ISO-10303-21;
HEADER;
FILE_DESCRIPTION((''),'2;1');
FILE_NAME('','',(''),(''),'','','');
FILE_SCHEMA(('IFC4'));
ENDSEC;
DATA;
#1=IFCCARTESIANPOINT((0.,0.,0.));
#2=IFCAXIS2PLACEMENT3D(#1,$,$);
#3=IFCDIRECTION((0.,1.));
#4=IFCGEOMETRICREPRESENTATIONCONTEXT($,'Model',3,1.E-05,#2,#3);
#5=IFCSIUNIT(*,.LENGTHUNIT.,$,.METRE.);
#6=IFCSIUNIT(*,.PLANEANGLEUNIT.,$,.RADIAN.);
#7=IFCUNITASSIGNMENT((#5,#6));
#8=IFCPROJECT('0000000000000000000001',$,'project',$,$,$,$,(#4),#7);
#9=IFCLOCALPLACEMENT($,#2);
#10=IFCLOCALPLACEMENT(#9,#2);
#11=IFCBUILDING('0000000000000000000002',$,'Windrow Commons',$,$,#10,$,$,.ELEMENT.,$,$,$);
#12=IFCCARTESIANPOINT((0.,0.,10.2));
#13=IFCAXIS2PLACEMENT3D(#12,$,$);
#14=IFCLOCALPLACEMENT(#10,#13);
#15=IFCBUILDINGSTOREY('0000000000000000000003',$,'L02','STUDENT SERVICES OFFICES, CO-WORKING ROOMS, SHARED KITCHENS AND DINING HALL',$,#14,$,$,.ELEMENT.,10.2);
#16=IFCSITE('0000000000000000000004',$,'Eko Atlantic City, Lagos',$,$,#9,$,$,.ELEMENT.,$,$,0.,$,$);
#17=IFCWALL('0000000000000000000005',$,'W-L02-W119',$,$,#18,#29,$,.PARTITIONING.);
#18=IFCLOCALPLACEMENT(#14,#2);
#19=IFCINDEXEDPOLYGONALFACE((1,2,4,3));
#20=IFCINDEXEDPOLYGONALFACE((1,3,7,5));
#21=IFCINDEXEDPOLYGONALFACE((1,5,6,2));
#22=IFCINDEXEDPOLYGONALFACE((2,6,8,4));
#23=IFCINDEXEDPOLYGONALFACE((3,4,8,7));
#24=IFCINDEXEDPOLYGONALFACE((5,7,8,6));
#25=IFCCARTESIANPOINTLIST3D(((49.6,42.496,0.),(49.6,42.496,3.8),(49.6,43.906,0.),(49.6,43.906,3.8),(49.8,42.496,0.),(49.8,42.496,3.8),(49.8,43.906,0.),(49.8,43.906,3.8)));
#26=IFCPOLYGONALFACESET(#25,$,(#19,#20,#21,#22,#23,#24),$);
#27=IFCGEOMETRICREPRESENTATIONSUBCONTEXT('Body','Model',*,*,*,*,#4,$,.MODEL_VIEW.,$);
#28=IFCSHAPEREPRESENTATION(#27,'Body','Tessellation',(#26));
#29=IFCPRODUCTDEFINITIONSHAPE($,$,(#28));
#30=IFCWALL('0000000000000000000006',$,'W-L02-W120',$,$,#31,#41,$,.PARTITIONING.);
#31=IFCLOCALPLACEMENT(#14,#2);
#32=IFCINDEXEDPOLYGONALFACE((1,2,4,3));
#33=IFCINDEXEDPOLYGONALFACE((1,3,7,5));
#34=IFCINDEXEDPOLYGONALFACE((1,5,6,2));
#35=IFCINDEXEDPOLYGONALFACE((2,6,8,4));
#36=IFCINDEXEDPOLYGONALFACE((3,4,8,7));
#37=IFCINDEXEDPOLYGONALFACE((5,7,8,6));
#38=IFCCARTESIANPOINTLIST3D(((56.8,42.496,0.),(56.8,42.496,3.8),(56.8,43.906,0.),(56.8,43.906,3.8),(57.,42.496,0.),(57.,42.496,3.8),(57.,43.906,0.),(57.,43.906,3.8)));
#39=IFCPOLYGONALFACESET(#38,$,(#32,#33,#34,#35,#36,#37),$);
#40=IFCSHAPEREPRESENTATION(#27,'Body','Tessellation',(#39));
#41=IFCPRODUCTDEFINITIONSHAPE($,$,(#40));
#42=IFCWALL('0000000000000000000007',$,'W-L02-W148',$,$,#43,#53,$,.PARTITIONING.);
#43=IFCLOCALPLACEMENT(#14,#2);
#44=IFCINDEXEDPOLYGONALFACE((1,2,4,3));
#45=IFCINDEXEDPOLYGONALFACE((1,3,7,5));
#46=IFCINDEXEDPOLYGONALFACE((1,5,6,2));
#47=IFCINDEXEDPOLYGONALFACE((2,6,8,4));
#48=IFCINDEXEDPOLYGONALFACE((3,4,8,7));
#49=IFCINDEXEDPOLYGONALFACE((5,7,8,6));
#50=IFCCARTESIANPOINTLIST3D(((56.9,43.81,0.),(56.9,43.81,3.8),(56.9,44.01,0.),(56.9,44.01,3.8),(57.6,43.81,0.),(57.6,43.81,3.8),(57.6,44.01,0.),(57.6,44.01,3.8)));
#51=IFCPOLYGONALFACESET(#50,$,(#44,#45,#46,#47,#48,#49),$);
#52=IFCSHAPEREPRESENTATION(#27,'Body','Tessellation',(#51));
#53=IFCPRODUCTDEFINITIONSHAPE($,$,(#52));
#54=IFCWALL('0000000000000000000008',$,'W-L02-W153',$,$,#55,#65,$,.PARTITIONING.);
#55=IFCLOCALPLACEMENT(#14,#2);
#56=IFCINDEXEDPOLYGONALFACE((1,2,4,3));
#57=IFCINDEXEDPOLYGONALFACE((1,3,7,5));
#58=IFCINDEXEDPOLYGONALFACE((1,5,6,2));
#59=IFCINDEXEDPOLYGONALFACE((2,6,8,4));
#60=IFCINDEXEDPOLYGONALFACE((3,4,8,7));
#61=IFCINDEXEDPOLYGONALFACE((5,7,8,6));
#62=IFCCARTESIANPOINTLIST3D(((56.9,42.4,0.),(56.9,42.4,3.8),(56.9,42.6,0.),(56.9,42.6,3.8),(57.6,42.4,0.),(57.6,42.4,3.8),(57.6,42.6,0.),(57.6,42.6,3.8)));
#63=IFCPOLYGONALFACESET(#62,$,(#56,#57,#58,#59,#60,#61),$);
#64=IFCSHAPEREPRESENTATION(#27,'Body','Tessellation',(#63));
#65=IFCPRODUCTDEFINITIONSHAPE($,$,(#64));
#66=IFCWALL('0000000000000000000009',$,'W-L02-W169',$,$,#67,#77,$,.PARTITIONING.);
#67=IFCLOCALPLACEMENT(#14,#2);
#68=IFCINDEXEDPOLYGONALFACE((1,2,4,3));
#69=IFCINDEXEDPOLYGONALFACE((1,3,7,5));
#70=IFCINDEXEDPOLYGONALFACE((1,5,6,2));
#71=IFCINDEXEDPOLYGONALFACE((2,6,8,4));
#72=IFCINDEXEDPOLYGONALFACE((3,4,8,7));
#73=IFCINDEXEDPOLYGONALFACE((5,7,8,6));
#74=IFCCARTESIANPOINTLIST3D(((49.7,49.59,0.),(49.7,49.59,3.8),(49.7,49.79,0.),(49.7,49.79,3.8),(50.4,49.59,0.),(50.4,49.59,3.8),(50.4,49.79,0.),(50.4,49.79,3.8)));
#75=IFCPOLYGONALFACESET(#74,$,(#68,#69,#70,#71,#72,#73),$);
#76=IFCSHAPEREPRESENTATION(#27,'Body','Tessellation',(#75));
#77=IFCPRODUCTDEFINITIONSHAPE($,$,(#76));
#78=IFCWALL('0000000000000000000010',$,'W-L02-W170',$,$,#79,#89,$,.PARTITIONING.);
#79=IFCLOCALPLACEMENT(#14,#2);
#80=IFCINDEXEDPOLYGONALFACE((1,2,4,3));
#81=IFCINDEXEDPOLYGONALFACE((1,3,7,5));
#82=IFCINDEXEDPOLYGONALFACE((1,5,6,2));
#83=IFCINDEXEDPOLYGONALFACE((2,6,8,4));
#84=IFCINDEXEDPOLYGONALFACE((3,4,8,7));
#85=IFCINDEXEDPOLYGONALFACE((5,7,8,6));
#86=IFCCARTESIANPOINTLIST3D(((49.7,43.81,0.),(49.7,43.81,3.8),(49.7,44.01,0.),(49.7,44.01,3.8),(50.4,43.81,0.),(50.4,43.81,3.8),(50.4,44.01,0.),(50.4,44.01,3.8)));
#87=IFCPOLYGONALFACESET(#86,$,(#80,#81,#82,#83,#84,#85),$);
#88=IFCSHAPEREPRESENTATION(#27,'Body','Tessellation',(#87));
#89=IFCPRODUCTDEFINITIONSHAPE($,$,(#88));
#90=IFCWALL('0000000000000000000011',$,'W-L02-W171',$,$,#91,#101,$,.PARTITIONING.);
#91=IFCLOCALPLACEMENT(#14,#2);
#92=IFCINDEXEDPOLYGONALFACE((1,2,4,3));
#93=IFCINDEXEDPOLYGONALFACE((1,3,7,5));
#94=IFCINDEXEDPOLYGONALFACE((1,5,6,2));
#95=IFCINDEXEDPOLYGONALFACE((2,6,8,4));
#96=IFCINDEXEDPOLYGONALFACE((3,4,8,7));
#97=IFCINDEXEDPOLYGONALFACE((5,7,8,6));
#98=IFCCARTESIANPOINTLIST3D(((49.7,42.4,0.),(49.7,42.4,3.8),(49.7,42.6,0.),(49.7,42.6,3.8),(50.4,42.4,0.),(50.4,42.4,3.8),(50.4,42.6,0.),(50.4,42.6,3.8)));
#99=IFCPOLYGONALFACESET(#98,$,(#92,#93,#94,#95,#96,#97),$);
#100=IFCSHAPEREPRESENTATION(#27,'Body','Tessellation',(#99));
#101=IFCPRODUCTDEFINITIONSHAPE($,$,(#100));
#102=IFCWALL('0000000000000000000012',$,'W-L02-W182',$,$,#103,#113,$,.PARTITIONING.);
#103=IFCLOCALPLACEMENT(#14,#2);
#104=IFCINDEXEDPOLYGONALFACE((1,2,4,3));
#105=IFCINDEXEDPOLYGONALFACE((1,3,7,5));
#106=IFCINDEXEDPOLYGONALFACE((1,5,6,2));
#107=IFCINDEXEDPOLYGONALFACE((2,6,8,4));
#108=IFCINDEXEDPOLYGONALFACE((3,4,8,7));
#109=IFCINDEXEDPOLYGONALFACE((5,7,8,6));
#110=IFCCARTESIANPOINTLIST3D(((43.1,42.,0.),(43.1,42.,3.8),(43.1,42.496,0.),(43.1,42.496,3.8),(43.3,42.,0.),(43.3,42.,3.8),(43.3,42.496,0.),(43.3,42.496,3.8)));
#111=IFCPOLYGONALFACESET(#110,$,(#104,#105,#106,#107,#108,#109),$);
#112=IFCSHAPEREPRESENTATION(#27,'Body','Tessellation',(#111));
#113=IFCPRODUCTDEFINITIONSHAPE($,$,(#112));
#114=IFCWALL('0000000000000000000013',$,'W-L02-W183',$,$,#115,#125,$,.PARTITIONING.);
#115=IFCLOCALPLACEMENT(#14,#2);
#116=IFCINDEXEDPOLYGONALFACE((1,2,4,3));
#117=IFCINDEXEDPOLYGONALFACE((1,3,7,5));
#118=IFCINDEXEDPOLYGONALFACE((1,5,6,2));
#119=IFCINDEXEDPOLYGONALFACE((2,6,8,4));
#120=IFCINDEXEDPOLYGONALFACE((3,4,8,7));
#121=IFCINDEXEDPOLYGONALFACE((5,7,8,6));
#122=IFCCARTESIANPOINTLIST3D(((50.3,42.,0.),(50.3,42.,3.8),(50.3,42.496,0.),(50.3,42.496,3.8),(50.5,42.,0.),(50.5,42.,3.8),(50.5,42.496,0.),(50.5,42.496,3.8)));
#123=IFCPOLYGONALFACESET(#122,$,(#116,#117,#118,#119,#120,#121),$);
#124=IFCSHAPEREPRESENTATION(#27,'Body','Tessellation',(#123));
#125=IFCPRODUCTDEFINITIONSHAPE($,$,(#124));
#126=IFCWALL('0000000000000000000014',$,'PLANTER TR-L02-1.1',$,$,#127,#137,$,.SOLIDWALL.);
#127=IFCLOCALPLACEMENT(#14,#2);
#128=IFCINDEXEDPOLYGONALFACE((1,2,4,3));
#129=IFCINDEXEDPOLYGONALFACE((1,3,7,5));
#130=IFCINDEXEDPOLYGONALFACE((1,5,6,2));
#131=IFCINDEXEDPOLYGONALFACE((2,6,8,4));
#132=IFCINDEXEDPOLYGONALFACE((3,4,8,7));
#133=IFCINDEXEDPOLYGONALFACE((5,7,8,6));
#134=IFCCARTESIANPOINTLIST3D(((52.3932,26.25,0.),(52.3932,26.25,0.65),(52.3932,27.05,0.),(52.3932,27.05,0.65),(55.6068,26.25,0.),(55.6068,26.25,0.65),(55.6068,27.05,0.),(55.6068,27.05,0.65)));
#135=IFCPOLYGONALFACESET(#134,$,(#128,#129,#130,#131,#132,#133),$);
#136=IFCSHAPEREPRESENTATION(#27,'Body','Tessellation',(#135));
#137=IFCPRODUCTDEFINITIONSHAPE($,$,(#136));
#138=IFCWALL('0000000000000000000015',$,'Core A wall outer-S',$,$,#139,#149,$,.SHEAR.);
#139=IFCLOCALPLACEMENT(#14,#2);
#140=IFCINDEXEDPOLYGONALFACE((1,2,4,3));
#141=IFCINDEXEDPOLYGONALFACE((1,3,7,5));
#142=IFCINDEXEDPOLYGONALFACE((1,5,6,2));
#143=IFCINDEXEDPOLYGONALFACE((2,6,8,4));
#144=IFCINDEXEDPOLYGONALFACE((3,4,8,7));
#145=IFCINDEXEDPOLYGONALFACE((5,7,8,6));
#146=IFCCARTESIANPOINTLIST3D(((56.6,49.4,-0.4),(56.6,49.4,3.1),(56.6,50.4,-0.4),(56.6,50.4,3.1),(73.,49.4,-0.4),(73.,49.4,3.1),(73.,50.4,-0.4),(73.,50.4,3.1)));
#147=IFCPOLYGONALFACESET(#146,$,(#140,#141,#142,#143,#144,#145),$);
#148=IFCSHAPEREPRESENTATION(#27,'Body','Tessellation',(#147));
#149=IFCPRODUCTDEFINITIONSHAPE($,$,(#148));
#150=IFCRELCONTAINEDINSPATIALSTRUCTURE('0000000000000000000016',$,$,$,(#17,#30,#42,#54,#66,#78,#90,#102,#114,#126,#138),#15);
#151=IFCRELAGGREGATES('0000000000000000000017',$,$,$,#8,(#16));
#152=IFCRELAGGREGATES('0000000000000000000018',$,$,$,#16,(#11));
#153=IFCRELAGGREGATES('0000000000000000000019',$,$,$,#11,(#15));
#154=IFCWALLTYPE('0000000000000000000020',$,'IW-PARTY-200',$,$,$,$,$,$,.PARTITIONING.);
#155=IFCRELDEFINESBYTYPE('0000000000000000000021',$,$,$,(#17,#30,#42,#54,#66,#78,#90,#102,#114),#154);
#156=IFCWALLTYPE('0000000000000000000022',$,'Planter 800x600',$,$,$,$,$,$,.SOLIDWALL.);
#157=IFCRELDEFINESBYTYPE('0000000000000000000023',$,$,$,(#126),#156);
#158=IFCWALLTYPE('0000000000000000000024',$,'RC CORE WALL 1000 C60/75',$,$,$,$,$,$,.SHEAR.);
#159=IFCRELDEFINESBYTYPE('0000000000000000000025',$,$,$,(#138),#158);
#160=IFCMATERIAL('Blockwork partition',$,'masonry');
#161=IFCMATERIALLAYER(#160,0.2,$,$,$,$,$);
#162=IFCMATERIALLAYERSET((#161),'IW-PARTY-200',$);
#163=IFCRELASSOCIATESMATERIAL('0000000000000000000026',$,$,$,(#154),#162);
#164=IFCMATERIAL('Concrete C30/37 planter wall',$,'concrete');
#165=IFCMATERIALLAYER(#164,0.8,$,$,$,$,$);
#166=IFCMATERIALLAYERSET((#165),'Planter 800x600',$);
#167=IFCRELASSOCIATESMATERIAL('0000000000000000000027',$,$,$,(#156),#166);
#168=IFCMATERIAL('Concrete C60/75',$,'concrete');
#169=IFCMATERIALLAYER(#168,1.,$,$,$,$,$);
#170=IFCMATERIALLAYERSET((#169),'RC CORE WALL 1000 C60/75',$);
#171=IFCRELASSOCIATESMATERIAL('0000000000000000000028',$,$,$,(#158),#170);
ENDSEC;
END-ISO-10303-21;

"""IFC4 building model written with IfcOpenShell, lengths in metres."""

from ifc_helpers import new_model, si_unit, direction, frame, frame_2d, origin, place, context, subcontext, project, spatial, polyline, rectangle, outline, extrude, material, layer, layer_set, type_object, element, save


model = new_model("IFC4")

# Units and contexts
model_context = context("Model", 3, precision=1e-05, world=origin(), true_north=direction((0.0, 1.0)))
body_context = subcontext(model_context, "Body", "Model", "MODEL_VIEW")
ifc_project = project(units=[si_unit("LENGTHUNIT", "METRE"), si_unit("PLANEANGLEUNIT", "RADIAN")], contexts=[model_context])

# Site, building, storey
site_placement = place(None, origin())
site = spatial("IfcSite", under=ifc_project, at=site_placement, Name="Eko Atlantic City, Lagos", CompositionType="ELEMENT", RefElevation=0.0)
building_placement = place(site_placement, origin())
building = spatial("IfcBuilding", under=site, at=building_placement, Name="Windrow Commons", CompositionType="ELEMENT")
storey_placement = place(building_placement, frame((0.0, 0.0, 10.2)))
storey = spatial("IfcBuildingStorey", under=building, at=storey_placement, Name="L02", Description="STUDENT SERVICES OFFICES, CO-WORKING ROOMS, SHARED KITCHENS AND DINING HALL", CompositionType="ELEMENT", Elevation=10.2)

# Walls
ifc_material_1 = material(Name="Blockwork partition", Category="masonry")
ifc_layer_1 = layer(ifc_material_1, 0.2)
ifc_layer_set_1 = layer_set([ifc_layer_1], Name="IW-PARTY-200")
wall_type_1 = type_object("IfcWallType", Name="IW-PARTY-200", PredefinedType="PARTITIONING", material=ifc_layer_set_1)
for number, where, z_axis, x_axis, name in (
    (1, (49.7, 42.496, 0.0), (0.0, 0.0, 1.0), (0.0, 1.0, 0.0), "W-L02-W119"),
    (2, (56.9, 42.496, 0.0), (0.0, 0.0, 1.0), (0.0, 1.0, 0.0), "W-L02-W120"),
):
    element("IfcWall", number, at=place(storey_placement, frame(where, z_axis=z_axis, x_axis=x_axis)), inside=storey, type_object=wall_type_1, Name=name, PredefinedType="PARTITIONING", context=body_context, shape_type="SweptSolid", body=[
        extrude(rectangle(XDim=1.41, YDim=0.2, at=frame_2d((0.705, 0.0))), origin(), (0.0, 0.0, 1.0), 3.8),
    ])
for number, where, z_axis, x_axis, name in (
    (3, (56.9, 43.91, 0.0), (0.0, 0.0, 1.0), (1.0, 0.0, 0.0), "W-L02-W148"),
    (4, (56.9, 42.5, 0.0), (0.0, 0.0, 1.0), (1.0, 0.0, 0.0), "W-L02-W153"),
    (5, (49.7, 49.69, 0.0), (0.0, 0.0, 1.0), (1.0, 0.0, 0.0), "W-L02-W169"),
    (6, (49.7, 43.91, 0.0), (0.0, 0.0, 1.0), (1.0, 0.0, 0.0), "W-L02-W170"),
    (7, (49.7, 42.5, 0.0), (0.0, 0.0, 1.0), (1.0, 0.0, 0.0), "W-L02-W171"),
):
    element("IfcWall", number, at=place(storey_placement, frame(where, z_axis=z_axis, x_axis=x_axis)), inside=storey, type_object=wall_type_1, Name=name, PredefinedType="PARTITIONING", context=body_context, shape_type="SweptSolid", body=[
        extrude(rectangle(XDim=0.7, YDim=0.2, at=frame_2d((0.35, 0.0))), origin(), (0.0, 0.0, 1.0), 3.8),
    ])
for number, where, z_axis, x_axis, name in (
    (8, (43.2, 42.0, 0.0), (0.0, 0.0, 1.0), (0.0, 1.0, 0.0), "W-L02-W182"),
    (9, (50.4, 42.0, 0.0), (0.0, 0.0, 1.0), (0.0, 1.0, 0.0), "W-L02-W183"),
):
    element("IfcWall", number, at=place(storey_placement, frame(where, z_axis=z_axis, x_axis=x_axis)), inside=storey, type_object=wall_type_1, Name=name, PredefinedType="PARTITIONING", context=body_context, shape_type="SweptSolid", body=[
        extrude(rectangle(XDim=0.496, YDim=0.2, at=frame_2d((0.248, 0.0))), origin(), (0.0, 0.0, 1.0), 3.8),
    ])
ifc_material_2 = material(Name="Concrete C30/37 planter wall", Category="concrete")
ifc_layer_2 = layer(ifc_material_2, 0.8)
ifc_layer_set_2 = layer_set([ifc_layer_2], Name="Planter 800x600")
wall_type_2 = type_object("IfcWallType", Name="Planter 800x600", PredefinedType="SOLIDWALL", material=ifc_layer_set_2)
wall_1_placement = place(storey_placement, frame((55.6068, 26.65, 0.0), z_axis=(0.0, 0.0, 1.0), x_axis=(-1.0, 0.0, 0.0)))
element("IfcWall", 10, at=wall_1_placement, inside=storey, type_object=wall_type_2, Name="PLANTER TR-L02-1.1", PredefinedType="SOLIDWALL", context=body_context, shape_type="SweptSolid", body=[
    extrude(outline(polyline([(0.0, -0.4), (3.2136, -0.4), (3.2136, 0.4), (0.0, 0.4), (0.0, -0.4)])), origin(), (0.0, 0.0, 1.0), 0.65),
])
ifc_material_3 = material(Name="Concrete C60/75", Category="concrete")
ifc_layer_3 = layer(ifc_material_3, 1.0)
ifc_layer_set_3 = layer_set([ifc_layer_3], Name="RC CORE WALL 1000 C60/75")
wall_type_3 = type_object("IfcWallType", Name="RC CORE WALL 1000 C60/75", PredefinedType="SHEAR", material=ifc_layer_set_3)
wall_2_placement = place(storey_placement, frame((56.6, 49.9, -0.4), z_axis=(0.0, 0.0, 1.0), x_axis=(1.0, 0.0, 0.0)))
element("IfcWall", 11, at=wall_2_placement, inside=storey, type_object=wall_type_3, Name="Core A wall outer-S", PredefinedType="SHEAR", context=body_context, shape_type="SweptSolid", body=[
    extrude(rectangle(XDim=16.4, YDim=1.0, at=frame_2d((8.2, 0.0))), origin(), (0.0, 0.0, 1.0), 3.5),
])

save(model, "model.ifc")
